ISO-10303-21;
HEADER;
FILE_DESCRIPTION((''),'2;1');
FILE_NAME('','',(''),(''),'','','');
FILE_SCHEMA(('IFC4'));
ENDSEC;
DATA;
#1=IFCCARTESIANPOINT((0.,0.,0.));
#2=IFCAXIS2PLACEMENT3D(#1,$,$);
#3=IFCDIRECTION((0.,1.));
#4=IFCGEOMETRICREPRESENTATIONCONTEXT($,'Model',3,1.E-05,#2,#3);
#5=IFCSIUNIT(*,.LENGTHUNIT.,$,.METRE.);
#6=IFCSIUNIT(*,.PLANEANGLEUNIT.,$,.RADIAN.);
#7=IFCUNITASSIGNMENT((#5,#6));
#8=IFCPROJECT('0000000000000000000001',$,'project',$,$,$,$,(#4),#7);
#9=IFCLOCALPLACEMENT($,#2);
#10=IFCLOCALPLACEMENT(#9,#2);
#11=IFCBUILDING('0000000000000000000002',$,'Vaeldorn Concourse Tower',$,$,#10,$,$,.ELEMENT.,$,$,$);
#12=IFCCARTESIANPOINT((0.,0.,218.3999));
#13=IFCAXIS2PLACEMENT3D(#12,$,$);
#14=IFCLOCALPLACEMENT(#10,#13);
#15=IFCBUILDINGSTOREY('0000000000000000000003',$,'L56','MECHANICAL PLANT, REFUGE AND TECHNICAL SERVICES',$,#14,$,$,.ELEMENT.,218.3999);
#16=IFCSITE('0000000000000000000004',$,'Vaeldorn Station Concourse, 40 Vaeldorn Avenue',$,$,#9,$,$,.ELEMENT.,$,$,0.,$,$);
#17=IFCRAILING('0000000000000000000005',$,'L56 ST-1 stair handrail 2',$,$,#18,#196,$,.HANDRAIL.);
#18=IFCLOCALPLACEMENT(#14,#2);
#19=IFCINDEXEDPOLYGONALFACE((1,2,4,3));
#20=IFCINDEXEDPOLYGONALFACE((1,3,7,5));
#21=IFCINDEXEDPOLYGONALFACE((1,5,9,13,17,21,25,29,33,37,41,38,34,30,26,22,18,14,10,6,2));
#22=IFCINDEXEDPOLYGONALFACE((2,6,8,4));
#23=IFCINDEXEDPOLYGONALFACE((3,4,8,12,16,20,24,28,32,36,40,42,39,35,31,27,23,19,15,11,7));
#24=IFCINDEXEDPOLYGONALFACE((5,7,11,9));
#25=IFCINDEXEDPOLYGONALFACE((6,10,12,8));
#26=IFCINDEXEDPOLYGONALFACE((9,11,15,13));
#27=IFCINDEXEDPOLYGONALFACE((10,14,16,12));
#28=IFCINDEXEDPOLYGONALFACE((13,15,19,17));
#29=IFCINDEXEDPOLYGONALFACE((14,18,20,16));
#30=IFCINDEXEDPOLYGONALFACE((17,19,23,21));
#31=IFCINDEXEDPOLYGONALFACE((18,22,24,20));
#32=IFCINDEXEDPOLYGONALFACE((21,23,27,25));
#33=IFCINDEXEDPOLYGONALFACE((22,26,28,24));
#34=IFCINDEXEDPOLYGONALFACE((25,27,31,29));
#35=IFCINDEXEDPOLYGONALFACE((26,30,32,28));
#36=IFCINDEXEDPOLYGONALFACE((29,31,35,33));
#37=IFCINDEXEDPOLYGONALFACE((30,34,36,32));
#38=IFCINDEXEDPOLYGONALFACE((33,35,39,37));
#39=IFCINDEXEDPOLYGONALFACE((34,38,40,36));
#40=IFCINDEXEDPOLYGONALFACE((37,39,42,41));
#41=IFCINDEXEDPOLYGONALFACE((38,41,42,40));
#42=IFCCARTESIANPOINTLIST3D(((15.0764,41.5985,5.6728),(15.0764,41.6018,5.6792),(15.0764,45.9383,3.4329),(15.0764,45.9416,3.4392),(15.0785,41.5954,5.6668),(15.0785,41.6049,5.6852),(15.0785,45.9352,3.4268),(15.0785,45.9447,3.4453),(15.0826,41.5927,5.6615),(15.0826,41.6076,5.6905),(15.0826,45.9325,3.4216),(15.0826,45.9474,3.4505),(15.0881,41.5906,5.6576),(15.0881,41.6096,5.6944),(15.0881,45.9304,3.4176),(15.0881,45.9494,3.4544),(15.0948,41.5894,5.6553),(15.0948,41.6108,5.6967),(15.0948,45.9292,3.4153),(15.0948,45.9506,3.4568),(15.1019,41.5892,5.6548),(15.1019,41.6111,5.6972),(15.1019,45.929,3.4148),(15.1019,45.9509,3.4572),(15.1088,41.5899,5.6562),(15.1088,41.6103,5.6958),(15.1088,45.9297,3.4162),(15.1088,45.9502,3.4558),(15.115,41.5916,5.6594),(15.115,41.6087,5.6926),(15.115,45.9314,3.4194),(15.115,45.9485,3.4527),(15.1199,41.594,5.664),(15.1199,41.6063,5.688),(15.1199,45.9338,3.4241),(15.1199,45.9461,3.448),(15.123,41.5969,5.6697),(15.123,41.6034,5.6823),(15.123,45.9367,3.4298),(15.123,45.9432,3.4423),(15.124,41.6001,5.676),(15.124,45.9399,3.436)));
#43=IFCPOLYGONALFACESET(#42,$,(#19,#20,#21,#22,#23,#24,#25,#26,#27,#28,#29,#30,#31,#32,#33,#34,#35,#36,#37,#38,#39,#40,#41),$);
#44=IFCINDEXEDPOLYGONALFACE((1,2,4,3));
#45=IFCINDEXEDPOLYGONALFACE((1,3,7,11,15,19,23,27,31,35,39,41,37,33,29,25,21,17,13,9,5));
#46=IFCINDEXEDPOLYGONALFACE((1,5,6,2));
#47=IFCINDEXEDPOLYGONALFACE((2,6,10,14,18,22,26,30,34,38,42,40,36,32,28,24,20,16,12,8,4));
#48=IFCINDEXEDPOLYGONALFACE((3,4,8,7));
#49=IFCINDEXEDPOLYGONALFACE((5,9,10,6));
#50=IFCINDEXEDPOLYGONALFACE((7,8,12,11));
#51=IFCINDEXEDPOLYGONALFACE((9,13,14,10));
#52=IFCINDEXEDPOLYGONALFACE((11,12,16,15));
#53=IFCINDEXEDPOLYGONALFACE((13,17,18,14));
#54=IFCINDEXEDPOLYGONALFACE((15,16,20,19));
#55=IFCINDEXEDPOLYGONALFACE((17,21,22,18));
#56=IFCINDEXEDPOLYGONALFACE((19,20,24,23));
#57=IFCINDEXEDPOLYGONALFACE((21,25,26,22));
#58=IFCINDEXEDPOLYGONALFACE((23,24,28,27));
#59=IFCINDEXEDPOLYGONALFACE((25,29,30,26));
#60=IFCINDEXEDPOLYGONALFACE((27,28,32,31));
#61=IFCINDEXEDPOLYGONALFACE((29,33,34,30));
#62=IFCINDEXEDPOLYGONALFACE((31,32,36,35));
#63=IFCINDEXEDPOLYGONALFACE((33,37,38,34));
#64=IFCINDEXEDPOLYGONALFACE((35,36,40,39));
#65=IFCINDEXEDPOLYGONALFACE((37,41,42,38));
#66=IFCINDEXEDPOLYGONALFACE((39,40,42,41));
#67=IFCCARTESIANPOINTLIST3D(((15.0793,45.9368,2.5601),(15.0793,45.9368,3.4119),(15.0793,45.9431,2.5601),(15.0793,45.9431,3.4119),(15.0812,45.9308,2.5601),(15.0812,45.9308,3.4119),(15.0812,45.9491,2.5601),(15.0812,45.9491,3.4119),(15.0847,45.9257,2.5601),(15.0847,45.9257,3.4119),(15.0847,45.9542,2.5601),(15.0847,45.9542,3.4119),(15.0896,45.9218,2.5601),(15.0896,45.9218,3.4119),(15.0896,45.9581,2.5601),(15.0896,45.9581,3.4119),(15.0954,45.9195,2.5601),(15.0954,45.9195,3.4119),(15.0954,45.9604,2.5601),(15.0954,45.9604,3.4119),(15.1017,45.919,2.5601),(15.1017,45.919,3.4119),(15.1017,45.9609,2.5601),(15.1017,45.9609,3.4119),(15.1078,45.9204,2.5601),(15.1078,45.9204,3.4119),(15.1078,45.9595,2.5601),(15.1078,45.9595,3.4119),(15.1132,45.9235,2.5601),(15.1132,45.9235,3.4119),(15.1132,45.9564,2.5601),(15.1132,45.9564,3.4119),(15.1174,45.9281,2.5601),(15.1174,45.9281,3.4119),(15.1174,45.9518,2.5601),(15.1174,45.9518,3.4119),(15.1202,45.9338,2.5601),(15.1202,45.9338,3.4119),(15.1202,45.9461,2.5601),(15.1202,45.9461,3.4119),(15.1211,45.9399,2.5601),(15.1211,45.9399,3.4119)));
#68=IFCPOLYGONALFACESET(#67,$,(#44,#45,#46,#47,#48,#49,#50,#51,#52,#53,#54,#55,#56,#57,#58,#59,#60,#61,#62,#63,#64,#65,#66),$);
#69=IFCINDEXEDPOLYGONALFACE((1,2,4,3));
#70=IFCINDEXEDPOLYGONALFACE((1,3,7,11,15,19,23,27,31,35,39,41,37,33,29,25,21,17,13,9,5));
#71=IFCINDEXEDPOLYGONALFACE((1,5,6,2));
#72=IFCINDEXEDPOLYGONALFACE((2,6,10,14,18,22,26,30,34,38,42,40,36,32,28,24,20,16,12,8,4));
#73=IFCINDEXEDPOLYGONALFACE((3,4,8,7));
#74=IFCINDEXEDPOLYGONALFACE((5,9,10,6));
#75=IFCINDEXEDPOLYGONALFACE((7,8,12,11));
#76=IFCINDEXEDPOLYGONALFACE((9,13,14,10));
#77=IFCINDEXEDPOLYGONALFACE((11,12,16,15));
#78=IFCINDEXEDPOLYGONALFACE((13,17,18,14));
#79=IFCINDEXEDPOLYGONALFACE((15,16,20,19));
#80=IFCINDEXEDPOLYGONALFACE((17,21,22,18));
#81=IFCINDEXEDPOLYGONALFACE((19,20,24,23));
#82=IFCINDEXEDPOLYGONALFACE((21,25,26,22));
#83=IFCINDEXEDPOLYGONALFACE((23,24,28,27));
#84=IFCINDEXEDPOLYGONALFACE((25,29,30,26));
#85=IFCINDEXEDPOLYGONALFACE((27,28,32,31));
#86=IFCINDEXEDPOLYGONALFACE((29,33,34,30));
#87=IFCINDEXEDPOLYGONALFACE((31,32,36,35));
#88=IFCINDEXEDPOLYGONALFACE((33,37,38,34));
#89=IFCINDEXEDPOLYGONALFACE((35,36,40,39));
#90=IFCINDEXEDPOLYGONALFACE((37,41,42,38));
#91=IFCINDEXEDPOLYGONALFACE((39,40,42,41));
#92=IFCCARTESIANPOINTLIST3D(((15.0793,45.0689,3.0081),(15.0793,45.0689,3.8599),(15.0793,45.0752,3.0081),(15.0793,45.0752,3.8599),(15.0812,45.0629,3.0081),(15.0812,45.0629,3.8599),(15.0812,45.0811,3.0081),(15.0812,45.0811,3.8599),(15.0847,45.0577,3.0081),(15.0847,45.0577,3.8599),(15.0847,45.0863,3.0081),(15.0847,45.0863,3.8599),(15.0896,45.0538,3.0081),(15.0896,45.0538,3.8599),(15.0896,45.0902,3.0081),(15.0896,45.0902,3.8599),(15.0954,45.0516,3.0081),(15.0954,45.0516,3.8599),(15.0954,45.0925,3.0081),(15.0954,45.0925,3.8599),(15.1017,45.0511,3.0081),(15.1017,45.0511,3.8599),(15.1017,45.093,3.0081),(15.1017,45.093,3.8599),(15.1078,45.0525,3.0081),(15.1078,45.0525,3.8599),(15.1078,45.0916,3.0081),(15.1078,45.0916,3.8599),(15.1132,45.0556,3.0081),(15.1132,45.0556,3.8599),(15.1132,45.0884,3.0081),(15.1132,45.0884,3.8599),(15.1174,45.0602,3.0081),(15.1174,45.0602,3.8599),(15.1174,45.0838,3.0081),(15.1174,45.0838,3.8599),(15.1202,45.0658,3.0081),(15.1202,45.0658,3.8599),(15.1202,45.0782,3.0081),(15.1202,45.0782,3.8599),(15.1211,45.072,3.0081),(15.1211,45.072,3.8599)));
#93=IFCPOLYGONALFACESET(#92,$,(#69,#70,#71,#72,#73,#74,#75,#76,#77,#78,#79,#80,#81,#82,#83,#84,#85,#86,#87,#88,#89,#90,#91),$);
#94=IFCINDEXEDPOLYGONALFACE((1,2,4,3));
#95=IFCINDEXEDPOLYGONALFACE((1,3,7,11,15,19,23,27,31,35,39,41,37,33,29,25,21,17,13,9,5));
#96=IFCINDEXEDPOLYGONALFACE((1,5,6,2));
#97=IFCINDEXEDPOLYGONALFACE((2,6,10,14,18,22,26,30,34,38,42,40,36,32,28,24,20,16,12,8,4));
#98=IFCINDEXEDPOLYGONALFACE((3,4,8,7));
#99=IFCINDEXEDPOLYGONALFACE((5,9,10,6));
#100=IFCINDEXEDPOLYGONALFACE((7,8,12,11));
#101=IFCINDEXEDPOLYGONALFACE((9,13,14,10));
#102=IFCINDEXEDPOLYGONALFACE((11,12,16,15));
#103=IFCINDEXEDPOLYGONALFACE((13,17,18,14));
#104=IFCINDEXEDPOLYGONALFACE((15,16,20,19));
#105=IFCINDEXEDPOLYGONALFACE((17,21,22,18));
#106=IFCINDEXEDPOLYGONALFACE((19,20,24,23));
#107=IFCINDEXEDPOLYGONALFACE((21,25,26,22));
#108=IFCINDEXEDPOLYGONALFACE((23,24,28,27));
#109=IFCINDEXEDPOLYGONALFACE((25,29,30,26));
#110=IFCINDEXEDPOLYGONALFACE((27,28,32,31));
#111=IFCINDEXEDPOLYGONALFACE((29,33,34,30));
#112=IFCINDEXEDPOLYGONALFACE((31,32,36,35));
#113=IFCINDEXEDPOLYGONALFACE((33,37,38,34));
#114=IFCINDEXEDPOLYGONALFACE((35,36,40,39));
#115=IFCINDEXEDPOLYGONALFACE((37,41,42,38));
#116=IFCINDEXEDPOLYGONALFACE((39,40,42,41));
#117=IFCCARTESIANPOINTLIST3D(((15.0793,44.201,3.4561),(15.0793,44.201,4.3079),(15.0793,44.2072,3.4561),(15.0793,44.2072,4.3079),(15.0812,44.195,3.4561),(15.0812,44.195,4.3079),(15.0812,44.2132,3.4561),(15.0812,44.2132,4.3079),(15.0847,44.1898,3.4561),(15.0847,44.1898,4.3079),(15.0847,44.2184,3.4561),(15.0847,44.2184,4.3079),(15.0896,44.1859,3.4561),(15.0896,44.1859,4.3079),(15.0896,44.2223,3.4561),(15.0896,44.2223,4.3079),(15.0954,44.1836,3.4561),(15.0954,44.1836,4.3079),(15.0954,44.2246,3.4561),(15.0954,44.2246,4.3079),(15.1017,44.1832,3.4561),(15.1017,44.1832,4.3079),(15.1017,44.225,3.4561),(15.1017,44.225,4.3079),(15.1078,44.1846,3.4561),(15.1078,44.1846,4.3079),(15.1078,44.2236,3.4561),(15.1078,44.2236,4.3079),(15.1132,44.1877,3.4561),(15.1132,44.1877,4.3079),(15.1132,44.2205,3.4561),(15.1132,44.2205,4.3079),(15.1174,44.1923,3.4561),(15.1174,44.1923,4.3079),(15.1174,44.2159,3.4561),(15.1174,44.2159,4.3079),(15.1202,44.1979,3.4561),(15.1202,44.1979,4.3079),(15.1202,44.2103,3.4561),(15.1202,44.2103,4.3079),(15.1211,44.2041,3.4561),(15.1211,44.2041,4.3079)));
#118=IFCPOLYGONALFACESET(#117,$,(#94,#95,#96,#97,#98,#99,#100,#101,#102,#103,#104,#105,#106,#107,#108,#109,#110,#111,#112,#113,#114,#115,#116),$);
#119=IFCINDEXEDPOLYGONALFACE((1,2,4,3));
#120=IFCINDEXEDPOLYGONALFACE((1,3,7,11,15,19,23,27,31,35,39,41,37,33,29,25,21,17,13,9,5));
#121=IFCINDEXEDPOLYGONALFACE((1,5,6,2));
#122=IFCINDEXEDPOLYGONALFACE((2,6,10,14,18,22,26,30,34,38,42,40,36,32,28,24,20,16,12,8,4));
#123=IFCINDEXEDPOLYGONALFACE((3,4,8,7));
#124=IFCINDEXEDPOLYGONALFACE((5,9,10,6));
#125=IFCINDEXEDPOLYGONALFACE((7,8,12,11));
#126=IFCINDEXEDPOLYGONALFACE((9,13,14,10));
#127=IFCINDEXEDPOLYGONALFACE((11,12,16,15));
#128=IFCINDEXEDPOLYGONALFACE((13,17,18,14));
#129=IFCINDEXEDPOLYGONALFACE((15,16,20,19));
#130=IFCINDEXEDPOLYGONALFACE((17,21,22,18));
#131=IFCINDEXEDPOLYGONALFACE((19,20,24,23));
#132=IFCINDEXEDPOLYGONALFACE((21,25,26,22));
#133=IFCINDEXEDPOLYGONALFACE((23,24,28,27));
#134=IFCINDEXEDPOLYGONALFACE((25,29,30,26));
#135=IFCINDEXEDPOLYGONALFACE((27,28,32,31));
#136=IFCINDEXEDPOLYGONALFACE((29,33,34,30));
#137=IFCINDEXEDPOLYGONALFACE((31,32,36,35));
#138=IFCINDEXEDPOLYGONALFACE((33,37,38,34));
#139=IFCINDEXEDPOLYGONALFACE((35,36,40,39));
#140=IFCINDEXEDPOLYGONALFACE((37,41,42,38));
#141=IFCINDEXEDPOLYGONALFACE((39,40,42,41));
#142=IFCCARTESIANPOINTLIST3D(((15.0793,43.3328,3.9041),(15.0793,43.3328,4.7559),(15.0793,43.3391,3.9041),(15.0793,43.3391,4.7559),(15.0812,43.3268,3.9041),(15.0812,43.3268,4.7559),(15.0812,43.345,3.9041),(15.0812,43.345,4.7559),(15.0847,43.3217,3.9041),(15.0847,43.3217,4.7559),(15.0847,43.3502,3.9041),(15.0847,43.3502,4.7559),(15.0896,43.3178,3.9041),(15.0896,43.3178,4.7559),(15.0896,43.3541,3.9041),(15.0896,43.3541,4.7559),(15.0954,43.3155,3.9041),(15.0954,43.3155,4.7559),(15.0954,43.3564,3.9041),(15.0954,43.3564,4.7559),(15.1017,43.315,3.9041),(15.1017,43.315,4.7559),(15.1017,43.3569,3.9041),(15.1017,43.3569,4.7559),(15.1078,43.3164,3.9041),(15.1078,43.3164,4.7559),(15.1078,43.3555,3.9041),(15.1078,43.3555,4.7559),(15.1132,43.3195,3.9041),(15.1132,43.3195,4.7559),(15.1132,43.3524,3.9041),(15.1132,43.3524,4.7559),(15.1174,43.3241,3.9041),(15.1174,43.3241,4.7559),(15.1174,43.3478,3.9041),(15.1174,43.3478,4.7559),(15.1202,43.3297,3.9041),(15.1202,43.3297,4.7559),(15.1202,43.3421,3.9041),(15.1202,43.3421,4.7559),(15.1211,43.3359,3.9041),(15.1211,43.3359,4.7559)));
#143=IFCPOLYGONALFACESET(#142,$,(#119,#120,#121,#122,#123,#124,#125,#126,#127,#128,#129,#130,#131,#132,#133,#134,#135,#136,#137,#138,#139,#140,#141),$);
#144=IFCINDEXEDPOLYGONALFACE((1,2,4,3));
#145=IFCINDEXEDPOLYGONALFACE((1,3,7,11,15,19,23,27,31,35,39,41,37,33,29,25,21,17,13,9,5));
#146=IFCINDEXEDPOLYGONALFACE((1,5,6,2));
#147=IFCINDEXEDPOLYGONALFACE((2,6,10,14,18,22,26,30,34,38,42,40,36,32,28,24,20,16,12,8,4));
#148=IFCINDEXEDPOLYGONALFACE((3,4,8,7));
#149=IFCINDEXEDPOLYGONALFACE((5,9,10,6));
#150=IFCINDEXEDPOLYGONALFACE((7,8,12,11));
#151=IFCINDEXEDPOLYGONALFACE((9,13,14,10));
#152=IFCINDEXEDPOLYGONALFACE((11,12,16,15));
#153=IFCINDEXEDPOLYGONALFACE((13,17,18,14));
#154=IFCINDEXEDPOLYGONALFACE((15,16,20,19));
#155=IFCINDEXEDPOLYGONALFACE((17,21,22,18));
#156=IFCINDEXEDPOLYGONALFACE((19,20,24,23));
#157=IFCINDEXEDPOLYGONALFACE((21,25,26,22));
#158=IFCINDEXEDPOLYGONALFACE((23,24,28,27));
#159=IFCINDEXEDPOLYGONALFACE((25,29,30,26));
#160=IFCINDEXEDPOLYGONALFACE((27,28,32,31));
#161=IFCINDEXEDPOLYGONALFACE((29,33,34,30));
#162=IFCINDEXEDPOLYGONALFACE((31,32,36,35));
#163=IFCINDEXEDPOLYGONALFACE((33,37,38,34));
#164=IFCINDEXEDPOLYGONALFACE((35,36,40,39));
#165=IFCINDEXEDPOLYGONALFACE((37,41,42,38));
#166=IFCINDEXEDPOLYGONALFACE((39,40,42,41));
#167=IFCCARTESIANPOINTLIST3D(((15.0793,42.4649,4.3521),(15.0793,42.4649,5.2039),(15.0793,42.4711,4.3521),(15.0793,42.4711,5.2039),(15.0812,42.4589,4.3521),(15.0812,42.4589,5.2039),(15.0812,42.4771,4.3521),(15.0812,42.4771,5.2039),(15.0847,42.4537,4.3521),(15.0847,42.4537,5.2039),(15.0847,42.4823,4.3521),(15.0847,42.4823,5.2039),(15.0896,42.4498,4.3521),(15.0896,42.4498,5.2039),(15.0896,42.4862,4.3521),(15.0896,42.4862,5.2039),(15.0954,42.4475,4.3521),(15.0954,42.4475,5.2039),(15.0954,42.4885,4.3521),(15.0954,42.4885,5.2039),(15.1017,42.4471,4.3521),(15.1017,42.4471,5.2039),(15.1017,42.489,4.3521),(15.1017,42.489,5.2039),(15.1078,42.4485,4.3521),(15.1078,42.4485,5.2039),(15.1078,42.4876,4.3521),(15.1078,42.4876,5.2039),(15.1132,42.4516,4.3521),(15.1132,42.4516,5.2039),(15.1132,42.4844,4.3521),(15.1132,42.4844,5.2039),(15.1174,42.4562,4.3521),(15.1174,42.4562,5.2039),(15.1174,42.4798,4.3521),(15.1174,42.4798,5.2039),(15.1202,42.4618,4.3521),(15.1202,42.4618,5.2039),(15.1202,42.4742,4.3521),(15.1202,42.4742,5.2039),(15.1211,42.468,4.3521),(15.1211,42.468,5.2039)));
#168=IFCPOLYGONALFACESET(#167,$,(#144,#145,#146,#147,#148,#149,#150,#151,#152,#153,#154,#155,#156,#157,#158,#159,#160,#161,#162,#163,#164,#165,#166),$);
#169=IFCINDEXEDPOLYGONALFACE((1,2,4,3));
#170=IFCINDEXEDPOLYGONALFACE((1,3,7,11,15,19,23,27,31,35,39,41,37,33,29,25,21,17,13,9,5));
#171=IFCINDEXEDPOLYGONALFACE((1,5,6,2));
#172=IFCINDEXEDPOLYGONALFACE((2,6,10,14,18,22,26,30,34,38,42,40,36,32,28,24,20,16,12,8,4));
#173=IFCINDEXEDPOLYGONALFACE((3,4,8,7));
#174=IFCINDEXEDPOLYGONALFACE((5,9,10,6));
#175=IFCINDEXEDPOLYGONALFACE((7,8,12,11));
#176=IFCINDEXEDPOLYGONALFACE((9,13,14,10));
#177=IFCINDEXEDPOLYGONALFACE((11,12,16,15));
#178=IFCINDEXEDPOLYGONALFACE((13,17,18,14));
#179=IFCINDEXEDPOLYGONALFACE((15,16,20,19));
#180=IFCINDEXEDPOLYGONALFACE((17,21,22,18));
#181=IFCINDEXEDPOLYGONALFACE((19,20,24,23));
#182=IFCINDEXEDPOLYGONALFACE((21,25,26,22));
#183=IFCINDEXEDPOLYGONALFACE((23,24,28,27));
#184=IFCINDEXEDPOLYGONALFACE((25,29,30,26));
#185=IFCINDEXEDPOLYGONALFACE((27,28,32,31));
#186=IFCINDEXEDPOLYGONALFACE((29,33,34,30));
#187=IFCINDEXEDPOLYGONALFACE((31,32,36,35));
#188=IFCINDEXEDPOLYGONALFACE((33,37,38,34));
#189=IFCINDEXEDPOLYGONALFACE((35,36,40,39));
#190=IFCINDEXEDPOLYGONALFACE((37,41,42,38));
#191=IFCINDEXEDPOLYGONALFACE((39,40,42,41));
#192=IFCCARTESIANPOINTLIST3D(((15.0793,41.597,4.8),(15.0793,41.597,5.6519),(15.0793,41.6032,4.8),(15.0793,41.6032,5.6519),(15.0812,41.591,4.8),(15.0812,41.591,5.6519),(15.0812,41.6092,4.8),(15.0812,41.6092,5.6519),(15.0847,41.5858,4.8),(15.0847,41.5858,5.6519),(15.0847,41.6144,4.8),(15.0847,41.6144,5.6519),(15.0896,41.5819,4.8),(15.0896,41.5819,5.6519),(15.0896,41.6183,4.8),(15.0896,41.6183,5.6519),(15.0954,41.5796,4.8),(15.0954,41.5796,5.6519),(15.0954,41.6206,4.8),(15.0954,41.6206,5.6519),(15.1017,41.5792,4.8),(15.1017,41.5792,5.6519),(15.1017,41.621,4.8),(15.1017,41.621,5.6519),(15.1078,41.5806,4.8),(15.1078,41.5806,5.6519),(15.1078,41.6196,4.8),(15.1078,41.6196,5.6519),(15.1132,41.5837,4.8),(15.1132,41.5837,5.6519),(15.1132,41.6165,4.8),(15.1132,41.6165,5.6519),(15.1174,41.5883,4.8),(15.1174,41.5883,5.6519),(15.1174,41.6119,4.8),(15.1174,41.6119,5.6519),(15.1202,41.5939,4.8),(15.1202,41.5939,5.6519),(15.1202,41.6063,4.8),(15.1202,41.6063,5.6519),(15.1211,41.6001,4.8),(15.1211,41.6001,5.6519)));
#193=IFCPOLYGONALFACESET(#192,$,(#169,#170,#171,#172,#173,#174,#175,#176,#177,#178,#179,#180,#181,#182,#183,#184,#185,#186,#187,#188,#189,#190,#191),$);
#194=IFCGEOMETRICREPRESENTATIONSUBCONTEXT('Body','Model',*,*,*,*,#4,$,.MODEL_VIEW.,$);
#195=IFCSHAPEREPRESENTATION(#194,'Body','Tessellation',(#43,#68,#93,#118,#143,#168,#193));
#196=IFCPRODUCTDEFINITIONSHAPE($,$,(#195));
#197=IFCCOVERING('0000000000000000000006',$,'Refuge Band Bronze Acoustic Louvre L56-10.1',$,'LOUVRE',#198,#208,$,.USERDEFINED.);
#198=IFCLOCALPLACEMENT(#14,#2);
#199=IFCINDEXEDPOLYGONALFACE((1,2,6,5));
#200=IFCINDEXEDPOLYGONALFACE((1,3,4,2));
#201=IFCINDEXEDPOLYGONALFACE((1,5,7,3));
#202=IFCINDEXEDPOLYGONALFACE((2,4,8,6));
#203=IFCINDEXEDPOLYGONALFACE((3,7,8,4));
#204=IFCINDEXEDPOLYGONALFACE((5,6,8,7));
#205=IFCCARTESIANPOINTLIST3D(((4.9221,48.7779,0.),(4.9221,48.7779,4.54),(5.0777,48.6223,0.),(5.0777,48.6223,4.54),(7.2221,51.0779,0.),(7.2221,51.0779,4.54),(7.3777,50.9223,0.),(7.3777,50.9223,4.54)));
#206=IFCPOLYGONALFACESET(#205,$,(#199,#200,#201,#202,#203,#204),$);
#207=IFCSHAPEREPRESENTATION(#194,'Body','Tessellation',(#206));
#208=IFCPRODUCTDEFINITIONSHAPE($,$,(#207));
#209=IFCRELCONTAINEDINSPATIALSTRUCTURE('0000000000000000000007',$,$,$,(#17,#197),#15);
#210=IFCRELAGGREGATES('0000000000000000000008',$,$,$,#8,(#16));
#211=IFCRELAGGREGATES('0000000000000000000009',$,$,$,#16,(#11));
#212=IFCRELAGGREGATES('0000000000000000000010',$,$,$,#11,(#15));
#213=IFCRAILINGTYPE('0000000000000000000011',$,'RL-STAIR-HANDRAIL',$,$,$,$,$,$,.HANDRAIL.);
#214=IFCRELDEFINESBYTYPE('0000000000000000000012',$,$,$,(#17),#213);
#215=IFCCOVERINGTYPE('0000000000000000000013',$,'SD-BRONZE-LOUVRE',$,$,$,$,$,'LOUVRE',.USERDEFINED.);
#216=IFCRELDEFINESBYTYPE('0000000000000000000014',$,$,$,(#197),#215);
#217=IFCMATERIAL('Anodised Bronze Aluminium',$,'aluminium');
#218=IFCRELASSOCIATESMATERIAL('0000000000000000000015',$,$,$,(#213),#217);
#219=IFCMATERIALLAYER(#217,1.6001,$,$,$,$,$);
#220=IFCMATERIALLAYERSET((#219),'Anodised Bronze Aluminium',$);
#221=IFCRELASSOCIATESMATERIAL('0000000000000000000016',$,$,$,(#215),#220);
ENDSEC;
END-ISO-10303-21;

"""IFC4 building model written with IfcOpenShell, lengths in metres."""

from ifc_helpers import new_model, si_unit, direction, frame, origin, origin_2d, place, context, subcontext, project, spatial, rectangle, circle, extrude, source, transform, mapped, material, layer, layer_set, type_object, element, save


model = new_model("IFC4")

# Units and contexts
model_context = context("Model", 3, precision=1e-05, world=origin(), true_north=direction((0.0, 1.0)))
body_context = subcontext(model_context, "Body", "Model", "MODEL_VIEW")
ifc_project = project(units=[si_unit("LENGTHUNIT", "METRE"), si_unit("PLANEANGLEUNIT", "RADIAN")], contexts=[model_context])

# Site, building, storey
site_placement = place(None, origin())
site = spatial("IfcSite", under=ifc_project, at=site_placement, Name="Vaeldorn Station Concourse, 40 Vaeldorn Avenue", CompositionType="ELEMENT", RefElevation=0.0)
building_placement = place(site_placement, origin())
building = spatial("IfcBuilding", under=site, at=building_placement, Name="Vaeldorn Concourse Tower", CompositionType="ELEMENT")
storey_placement = place(building_placement, frame((0.0, 0.0, 218.3999)))
storey = spatial("IfcBuildingStorey", under=building, at=storey_placement, Name="L56", Description="MECHANICAL PLANT, REFUGE AND TECHNICAL SERVICES", CompositionType="ELEMENT", Elevation=218.3999)

# Railing
ifc_material_1 = material(Name="Anodised Bronze Aluminium", Category="aluminium")
railing_type_1 = type_object("IfcRailingType", Name="RL-STAIR-HANDRAIL", PredefinedType="HANDRAIL", material=ifc_material_1)
railing_1_placement = place(storey_placement, frame((15.1001, 45.9399, 2.5601)))
element("IfcRailing", 1, at=railing_1_placement, inside=storey, type_object=railing_type_1, Name="L56 ST-1 stair handrail 2", PredefinedType="HANDRAIL", context=body_context, shape_type="SweptSolid", body=[
    extrude(circle(Radius=0.0239, at=origin_2d()), frame((0.0, 0.0, 0.876), z_axis=(0.0, -0.888615, 0.458654), x_axis=(1.0, 0.0, 0.0)), (0.0, 0.0, 1.0), 4.8838),
    extrude(circle(Radius=0.021, at=origin_2d()), origin(), (0.0, 0.0, 1.0), 0.8518),
    extrude(circle(Radius=0.021, at=origin_2d()), frame((0.0, -0.8679, 0.448)), (0.0, 0.0, 1.0), 0.8518),
    extrude(circle(Radius=0.021, at=origin_2d()), frame((0.0, -1.7358, 0.896)), (0.0, 0.0, 1.0), 0.8518),
    extrude(circle(Radius=0.021, at=origin_2d()), frame((0.0, -2.604, 1.344)), (0.0, 0.0, 1.0), 0.8518),
    extrude(circle(Radius=0.021, at=origin_2d()), frame((0.0, -3.4719, 1.792)), (0.0, 0.0, 1.0), 0.8518),
    extrude(circle(Radius=0.021, at=origin_2d()), frame((0.0, -4.3398, 2.24)), (0.0, 0.0, 1.0), 0.8518),
])

# Covering
ifc_layer_1 = layer(ifc_material_1, 1.6001)
ifc_layer_set_1 = layer_set([ifc_layer_1], Name="Anodised Bronze Aluminium")
covering_type = type_object("IfcCoveringType", Name="SD-BRONZE-LOUVRE", ElementType="LOUVRE", PredefinedType="USERDEFINED", material=ifc_layer_set_1)
shared_shape_1 = source(origin(), body_context, "Body", "SweptSolid", [
    extrude(rectangle(XDim=3.2527, YDim=0.22, at=origin_2d()), origin(), (0.0, 0.0, 1.0), 4.54),
])
covering_1_placement = place(storey_placement, frame((6.1499, 49.8501, 0.0), z_axis=(0.0, 0.0, 1.0), x_axis=(-0.707107, -0.707107, 0.0)))
element("IfcCovering", 2, at=covering_1_placement, inside=storey, type_object=covering_type, Name="Refuge Band Bronze Acoustic Louvre L56-10.1", ObjectType="LOUVRE", PredefinedType="USERDEFINED", context=body_context, shape_type="MappedRepresentation", body=[
    mapped(shared_shape_1, transform((0.0, 0.0, 0.0), scale=1.0)),
])

save(model, "model.ifc")
